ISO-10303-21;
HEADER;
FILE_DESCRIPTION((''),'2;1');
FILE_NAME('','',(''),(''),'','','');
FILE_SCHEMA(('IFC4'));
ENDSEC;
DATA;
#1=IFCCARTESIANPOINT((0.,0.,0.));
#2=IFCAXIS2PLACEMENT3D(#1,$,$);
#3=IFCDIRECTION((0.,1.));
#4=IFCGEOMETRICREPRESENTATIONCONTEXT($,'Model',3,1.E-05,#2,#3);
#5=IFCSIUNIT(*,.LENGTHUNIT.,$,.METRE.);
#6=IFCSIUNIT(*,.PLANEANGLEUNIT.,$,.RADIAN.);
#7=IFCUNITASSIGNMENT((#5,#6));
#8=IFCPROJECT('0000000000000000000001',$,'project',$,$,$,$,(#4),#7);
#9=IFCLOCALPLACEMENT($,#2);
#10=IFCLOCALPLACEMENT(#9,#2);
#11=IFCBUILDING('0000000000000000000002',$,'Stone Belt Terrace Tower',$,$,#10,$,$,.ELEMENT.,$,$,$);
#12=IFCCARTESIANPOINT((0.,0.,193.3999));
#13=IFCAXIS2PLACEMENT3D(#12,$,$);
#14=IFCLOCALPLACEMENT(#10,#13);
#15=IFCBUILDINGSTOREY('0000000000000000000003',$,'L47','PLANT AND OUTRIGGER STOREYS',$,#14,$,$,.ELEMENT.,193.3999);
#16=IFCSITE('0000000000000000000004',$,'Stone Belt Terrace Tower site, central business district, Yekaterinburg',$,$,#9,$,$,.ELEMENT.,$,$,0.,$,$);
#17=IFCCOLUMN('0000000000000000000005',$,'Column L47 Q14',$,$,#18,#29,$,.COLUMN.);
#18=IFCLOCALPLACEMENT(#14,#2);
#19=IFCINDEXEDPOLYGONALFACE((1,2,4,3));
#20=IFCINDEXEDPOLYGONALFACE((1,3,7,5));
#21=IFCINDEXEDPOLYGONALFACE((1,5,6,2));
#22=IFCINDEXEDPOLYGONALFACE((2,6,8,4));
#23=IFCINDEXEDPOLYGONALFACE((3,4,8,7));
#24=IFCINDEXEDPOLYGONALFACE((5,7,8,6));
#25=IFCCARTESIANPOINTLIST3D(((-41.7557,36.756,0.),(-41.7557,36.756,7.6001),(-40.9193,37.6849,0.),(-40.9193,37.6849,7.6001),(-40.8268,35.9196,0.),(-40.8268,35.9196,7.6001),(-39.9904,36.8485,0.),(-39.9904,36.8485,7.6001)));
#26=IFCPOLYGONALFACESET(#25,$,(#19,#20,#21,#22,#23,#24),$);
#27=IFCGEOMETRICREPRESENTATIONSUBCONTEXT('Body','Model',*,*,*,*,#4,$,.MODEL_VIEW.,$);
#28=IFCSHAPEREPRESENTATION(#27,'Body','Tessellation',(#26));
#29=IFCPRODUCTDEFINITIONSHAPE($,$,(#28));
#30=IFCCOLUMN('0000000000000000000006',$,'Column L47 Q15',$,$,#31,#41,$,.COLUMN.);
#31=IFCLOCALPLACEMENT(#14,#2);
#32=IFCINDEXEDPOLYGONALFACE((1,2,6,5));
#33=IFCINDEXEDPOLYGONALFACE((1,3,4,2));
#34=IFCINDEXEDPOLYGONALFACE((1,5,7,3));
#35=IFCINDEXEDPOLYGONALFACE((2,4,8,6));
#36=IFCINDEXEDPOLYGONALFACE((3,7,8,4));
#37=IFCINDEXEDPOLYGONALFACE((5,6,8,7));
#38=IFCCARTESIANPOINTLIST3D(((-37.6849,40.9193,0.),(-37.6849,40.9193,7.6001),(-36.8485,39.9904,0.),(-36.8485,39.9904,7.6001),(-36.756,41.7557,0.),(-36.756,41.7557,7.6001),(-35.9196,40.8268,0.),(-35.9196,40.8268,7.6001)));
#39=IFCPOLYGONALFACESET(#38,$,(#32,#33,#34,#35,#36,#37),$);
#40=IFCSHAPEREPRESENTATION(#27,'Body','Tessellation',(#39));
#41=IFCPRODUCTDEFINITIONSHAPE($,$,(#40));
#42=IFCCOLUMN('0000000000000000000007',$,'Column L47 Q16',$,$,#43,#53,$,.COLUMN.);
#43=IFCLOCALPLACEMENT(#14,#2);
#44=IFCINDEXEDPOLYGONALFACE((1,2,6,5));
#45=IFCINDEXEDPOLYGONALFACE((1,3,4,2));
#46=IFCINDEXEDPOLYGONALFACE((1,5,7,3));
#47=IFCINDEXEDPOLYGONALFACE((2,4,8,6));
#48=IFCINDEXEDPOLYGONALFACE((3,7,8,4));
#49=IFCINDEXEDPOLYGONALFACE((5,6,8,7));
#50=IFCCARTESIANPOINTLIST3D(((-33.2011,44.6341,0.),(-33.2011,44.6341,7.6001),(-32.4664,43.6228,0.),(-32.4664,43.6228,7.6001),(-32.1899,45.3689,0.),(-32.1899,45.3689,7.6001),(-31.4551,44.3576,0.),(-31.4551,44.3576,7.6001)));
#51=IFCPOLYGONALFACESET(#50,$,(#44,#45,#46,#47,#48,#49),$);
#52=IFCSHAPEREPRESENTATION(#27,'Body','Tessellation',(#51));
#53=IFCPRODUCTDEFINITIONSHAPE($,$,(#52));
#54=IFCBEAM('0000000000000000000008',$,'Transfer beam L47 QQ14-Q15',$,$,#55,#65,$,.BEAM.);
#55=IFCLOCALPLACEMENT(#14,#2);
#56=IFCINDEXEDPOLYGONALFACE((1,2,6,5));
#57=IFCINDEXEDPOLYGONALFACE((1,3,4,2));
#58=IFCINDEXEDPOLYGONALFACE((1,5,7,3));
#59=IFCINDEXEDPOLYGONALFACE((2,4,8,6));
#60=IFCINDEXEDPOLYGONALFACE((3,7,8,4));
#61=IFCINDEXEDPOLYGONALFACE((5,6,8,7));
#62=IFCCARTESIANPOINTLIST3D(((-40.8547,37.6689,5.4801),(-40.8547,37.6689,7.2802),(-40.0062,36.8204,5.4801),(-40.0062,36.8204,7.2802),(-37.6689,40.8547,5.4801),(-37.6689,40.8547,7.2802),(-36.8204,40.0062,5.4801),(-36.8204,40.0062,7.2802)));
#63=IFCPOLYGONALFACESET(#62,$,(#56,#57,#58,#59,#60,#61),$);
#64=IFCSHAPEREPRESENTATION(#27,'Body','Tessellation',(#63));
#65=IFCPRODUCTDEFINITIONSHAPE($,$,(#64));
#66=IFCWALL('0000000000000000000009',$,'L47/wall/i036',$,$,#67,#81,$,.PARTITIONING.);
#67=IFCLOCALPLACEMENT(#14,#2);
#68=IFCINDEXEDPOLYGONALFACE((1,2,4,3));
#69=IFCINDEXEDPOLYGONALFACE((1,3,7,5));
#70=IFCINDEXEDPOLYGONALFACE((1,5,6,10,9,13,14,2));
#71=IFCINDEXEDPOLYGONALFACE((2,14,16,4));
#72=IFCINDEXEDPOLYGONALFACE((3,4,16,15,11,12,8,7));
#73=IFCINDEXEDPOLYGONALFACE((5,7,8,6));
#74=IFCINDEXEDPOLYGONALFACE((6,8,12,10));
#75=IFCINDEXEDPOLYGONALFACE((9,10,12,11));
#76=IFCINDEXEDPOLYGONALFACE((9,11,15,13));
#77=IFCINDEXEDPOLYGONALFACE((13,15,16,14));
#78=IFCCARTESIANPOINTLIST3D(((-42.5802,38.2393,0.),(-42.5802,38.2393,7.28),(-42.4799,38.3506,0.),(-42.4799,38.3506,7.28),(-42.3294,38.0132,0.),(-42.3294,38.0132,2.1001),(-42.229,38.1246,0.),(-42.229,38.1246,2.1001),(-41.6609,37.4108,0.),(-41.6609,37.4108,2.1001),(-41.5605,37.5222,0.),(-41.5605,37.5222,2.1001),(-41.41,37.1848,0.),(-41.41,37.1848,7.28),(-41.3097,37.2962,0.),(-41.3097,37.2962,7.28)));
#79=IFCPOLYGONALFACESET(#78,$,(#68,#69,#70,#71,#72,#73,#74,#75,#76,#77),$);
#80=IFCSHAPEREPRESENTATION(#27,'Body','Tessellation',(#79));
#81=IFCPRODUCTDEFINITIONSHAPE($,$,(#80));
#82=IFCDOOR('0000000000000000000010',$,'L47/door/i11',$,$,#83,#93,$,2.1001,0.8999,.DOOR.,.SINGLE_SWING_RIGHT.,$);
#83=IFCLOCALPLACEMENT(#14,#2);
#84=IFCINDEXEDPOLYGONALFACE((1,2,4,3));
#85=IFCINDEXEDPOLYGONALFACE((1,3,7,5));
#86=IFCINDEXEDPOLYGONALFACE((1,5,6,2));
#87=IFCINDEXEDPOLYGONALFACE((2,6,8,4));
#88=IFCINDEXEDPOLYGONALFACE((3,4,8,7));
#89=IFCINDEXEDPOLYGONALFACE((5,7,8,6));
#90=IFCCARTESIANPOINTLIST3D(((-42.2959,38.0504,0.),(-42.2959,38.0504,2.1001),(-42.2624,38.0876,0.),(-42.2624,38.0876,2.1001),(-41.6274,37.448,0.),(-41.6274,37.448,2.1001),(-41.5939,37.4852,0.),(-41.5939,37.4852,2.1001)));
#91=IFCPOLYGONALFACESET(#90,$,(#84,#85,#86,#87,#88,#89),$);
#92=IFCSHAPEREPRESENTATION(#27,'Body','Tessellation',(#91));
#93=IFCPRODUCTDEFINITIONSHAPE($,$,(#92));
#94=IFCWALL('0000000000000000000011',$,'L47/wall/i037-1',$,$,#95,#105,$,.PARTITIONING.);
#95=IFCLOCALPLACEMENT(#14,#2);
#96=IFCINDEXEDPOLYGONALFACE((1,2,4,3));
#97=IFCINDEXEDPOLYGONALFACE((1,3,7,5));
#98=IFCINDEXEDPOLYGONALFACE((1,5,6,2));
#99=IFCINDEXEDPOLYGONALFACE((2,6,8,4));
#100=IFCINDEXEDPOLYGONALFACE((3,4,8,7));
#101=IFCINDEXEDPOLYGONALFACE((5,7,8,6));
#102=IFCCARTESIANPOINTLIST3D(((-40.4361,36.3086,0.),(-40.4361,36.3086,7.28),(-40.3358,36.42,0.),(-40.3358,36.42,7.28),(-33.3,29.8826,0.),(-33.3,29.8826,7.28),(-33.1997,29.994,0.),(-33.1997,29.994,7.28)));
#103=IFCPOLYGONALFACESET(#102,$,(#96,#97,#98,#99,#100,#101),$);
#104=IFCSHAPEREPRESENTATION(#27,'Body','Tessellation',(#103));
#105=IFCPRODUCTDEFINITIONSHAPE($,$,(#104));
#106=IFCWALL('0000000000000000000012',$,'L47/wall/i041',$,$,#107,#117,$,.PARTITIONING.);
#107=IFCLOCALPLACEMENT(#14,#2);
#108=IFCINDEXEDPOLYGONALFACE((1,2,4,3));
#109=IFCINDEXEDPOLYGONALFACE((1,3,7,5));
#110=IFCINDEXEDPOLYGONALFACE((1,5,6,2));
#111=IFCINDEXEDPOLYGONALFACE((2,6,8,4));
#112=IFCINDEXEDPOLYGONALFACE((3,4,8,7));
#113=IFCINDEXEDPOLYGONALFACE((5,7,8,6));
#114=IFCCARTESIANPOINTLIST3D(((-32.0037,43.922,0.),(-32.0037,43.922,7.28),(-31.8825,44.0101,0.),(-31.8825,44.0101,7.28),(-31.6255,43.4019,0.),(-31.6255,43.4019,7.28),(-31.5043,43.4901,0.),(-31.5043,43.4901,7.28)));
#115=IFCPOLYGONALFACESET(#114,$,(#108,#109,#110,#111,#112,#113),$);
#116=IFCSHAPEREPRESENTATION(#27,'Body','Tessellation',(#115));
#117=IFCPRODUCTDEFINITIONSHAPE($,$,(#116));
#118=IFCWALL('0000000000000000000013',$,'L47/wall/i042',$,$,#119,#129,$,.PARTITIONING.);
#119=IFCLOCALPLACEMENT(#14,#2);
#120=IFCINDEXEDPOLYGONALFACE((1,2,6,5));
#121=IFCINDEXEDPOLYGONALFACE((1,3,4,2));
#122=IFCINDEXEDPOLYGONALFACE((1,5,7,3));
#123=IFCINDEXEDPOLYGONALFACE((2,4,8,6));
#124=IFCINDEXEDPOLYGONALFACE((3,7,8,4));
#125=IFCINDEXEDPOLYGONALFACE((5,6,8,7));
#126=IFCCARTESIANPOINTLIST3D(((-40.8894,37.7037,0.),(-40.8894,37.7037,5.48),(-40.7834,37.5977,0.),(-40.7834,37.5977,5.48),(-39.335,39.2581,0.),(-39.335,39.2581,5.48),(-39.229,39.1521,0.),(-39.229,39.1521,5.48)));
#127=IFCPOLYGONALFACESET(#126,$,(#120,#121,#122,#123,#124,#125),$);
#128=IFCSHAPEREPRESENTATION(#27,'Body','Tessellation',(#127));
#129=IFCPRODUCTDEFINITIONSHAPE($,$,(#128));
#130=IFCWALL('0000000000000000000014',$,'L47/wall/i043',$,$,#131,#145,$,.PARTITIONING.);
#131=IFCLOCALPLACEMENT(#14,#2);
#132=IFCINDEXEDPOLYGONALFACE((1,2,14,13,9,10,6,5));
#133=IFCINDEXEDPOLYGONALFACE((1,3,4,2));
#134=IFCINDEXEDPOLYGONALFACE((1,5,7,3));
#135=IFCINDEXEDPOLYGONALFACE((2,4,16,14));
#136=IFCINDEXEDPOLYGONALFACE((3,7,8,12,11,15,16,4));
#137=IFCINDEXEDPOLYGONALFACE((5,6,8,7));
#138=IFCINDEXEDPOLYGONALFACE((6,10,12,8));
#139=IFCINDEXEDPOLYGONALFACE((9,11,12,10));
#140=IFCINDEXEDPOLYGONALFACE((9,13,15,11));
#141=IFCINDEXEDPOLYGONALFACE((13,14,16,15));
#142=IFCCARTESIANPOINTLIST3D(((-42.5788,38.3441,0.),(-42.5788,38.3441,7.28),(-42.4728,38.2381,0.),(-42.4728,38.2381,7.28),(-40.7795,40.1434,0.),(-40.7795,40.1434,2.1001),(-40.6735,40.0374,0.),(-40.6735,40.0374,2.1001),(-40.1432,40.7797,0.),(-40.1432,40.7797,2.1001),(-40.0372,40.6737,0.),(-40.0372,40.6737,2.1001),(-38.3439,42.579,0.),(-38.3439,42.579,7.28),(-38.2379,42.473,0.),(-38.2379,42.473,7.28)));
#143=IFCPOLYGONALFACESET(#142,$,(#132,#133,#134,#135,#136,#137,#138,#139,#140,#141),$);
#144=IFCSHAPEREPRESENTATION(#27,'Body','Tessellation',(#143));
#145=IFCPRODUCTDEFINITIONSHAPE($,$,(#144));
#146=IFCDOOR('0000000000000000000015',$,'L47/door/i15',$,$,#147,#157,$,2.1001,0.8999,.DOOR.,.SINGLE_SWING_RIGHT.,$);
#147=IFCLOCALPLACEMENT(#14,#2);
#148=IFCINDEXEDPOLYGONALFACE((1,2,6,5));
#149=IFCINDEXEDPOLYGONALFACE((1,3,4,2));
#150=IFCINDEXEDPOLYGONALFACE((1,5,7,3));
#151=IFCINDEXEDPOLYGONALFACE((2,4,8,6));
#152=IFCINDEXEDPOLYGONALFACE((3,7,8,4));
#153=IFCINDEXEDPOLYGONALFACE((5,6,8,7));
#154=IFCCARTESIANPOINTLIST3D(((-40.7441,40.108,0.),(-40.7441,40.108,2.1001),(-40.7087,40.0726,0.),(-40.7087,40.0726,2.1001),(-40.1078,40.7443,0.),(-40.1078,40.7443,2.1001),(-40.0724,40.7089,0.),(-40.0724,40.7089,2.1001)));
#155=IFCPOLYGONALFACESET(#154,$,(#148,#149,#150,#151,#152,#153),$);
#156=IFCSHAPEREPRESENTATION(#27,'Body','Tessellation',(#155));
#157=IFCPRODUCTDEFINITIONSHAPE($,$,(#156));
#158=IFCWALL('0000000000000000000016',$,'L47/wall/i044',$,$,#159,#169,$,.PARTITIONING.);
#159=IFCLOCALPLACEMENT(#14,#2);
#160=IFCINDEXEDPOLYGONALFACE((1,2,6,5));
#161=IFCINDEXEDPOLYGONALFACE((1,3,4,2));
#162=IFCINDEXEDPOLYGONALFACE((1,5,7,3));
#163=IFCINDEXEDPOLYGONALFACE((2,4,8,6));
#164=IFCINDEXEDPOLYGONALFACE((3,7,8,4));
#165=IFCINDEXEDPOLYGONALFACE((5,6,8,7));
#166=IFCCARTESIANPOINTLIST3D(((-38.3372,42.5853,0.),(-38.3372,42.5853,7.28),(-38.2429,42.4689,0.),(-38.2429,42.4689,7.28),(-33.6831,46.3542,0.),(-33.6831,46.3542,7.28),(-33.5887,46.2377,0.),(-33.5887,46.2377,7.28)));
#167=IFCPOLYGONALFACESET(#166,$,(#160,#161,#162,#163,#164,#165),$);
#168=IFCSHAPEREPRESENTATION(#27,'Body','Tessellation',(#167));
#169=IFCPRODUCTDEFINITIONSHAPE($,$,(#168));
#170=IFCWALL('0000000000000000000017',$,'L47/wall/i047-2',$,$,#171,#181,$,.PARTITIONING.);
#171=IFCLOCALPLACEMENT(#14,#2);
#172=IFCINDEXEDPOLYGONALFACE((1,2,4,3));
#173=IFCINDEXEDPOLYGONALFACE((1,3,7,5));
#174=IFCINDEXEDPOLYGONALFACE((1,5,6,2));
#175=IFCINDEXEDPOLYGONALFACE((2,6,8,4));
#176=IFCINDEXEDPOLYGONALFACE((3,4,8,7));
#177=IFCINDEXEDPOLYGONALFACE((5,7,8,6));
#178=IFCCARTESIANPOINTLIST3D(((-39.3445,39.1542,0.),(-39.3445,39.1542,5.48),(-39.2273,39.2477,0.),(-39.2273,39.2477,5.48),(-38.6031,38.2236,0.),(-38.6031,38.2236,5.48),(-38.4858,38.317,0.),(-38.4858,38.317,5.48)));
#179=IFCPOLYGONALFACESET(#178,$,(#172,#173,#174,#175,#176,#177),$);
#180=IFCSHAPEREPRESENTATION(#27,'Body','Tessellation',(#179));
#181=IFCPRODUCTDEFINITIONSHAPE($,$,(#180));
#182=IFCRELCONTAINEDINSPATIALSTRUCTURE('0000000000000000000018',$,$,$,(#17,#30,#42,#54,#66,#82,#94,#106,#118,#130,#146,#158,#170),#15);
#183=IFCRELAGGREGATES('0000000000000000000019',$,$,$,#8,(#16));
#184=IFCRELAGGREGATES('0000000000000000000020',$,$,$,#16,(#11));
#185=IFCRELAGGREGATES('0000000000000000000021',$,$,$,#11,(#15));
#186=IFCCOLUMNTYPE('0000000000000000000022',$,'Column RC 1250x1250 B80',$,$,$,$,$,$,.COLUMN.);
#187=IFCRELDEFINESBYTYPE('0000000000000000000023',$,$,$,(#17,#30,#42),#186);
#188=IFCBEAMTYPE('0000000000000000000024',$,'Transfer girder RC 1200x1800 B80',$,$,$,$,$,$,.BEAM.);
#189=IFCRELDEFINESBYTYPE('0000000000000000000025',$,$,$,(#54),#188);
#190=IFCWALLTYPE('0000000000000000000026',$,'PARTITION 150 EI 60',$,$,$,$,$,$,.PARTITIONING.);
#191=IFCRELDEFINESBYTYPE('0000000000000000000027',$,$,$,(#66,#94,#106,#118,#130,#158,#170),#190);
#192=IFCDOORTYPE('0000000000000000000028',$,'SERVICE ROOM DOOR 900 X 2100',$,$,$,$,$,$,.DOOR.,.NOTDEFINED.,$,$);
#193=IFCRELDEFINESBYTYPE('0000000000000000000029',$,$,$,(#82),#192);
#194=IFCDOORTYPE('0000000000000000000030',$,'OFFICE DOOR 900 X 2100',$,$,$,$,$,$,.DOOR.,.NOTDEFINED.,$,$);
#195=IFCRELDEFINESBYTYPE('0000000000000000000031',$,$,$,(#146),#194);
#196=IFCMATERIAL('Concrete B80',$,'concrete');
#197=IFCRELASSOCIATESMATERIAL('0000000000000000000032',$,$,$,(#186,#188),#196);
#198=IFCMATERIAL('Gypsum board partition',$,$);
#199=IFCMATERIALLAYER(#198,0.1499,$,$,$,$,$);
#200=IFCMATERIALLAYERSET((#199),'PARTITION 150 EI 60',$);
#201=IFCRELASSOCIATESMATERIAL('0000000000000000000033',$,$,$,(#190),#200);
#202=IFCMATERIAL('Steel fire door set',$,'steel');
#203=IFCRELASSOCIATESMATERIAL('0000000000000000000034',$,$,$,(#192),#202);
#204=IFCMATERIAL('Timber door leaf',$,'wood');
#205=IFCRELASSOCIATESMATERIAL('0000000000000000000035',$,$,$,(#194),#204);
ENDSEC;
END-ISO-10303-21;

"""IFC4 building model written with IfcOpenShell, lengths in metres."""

from ifc_helpers import new_model, si_unit, direction, frame, frame_2d, origin, origin_2d, place, context, subcontext, project, spatial, rectangle, extrude, material, layer, layer_set, material_profile, profile_set, type_object, element, fill, save


model = new_model("IFC4")

# Units and contexts
model_context = context("Model", 3, precision=1e-05, world=origin(), true_north=direction((0.0, 1.0)))
body_context = subcontext(model_context, "Body", "Model", "MODEL_VIEW")
ifc_project = project(units=[si_unit("LENGTHUNIT", "METRE"), si_unit("PLANEANGLEUNIT", "RADIAN")], contexts=[model_context])

# Site, building, storey
site_placement = place(None, origin())
site = spatial("IfcSite", under=ifc_project, at=site_placement, Name="Stone Belt Terrace Tower site, central business district, Yekaterinburg", CompositionType="ELEMENT", RefElevation=0.0)
building_placement = place(site_placement, origin())
building = spatial("IfcBuilding", under=site, at=building_placement, Name="Stone Belt Terrace Tower", CompositionType="ELEMENT")
storey_placement = place(building_placement, frame((0.0, 0.0, 193.3999)))
storey = spatial("IfcBuildingStorey", under=building, at=storey_placement, Name="L47", Description="PLANT AND OUTRIGGER STOREYS", CompositionType="ELEMENT", Elevation=193.3999)

# Columns
ifc_material_1 = material(Name="Concrete B80", Category="concrete")
ifc_material_profile_1 = material_profile(ifc_material_1, rectangle(XDim=1.25, YDim=1.25, at=origin_2d()), Name="RC 1250x1250")
ifc_profile_set_1 = profile_set([ifc_material_profile_1], Name="Concrete B80")
column_type = type_object("IfcColumnType", Name="Column RC 1250x1250 B80", PredefinedType="COLUMN", material=ifc_profile_set_1)
for number, where, z_axis, x_axis, name in (
    (1, (-40.873, 36.8022, 0.0), (0.0, 0.0, 1.0), (0.669131, 0.743145, 0.0), "Column L47 Q14"),
    (2, (-36.8022, 40.873, 0.0), (0.0, 0.0, 1.0), (0.743145, 0.669131, 0.0), "Column L47 Q15"),
    (3, (-32.3281, 44.4958, 0.0), (0.0, 0.0, 1.0), (0.809017, 0.587785, 0.0), "Column L47 Q16"),
):
    element("IfcColumn", number, at=place(storey_placement, frame(where, z_axis=z_axis, x_axis=x_axis)), inside=storey, type_object=column_type, Name=name, PredefinedType="COLUMN", context=body_context, shape_type="SweptSolid", body=[
        extrude(rectangle(XDim=1.25, YDim=1.25, at=origin_2d()), origin(), (0.0, 0.0, 1.0), 7.6001),
    ])

# Beam
ifc_material_profile_2 = material_profile(ifc_material_1, rectangle(XDim=1.2, YDim=1.8, at=origin_2d()), Name="RC 1200x1800")
ifc_profile_set_2 = profile_set([ifc_material_profile_2], Name="Concrete B80")
beam_type = type_object("IfcBeamType", Name="Transfer girder RC 1200x1800 B80", PredefinedType="BEAM", material=ifc_profile_set_2)
beam_placement = place(storey_placement, frame((-40.4304, 37.2446, 6.3801), z_axis=(0.707107, 0.707107, 0.0), x_axis=(-0.707107, 0.707107, 0.0)))
element("IfcBeam", 4, at=beam_placement, inside=storey, type_object=beam_type, Name="Transfer beam L47 QQ14-Q15", PredefinedType="BEAM", context=body_context, shape_type="SweptSolid", body=[
    extrude(rectangle(XDim=1.2, YDim=1.8, at=origin_2d()), origin(), (0.0, 0.0, 1.0), 4.5054),
])

# Wall, opening, door
ifc_material_2 = material(Name="Gypsum board partition")
ifc_layer_1 = layer(ifc_material_2, 0.1499)
ifc_layer_set_1 = layer_set([ifc_layer_1], Name="PARTITION 150 EI 60")
wall_type_1 = type_object("IfcWallType", Name="PARTITION 150 EI 60", PredefinedType="PARTITIONING", material=ifc_layer_set_1)
wall_1_placement = place(storey_placement, frame((-41.3599, 37.2405, 0.0), z_axis=(0.0, 0.0, 1.0), x_axis=(-0.742886, 0.669418, 0.0)))
wall_1 = element("IfcWall", 5, at=wall_1_placement, inside=storey, type_object=wall_type_1, Name="L47/wall/i036", PredefinedType="PARTITIONING", context=body_context, shape_type="SweptSolid", body=[
    extrude(rectangle(XDim=1.5752, YDim=0.1499, at=frame_2d((0.7876, 0.0))), origin(), (0.0, 0.0, 1.0), 7.28),
])
opening_1_placement = place(wall_1_placement, frame((0.3376, 0.0, 0.0)))
opening_1 = element("IfcOpeningElement", 6, at=opening_1_placement, cuts=wall_1, PredefinedType="OPENING", context=body_context, shape_type="SweptSolid", body=[
    extrude(rectangle(XDim=0.8999, YDim=2.1001, at=frame_2d((0.45, 1.05))), frame((0.0, 0.085, 0.0), z_axis=(0.0, -1.0, 0.0), x_axis=(1.0, 0.0, 0.0)), (0.0, 0.0, 1.0), 0.1699),
])
ifc_material_3 = material(Name="Steel fire door set", Category="steel")
door_type_1 = type_object("IfcDoorType", Name="SERVICE ROOM DOOR 900 X 2100", OperationType="NOTDEFINED", PredefinedType="DOOR", material=ifc_material_3)
door_1_placement = place(opening_1_placement, origin())
door_1 = element("IfcDoor", 7, at=door_1_placement, inside=storey, type_object=door_type_1, Name="L47/door/i11", OperationType="SINGLE_SWING_RIGHT", OverallHeight=2.1001, OverallWidth=0.8999, PredefinedType="DOOR", context=body_context, shape_type="SweptSolid", body=[
    extrude(rectangle(XDim=0.8999, YDim=2.1001, at=frame_2d((0.45, 1.05))), frame((0.0, 0.0249, 0.0), z_axis=(0.0, -1.0, 0.0), x_axis=(1.0, 0.0, 0.0)), (0.0, 0.0, 1.0), 0.05),
])
fill(opening_1, door_1)

# Walls
wall_2_placement = place(storey_placement, frame((-40.386, 36.3643, 0.0), z_axis=(0.0, 0.0, 1.0), x_axis=(0.743117, -0.669161, 0.0)))
element("IfcWall", 8, at=wall_2_placement, inside=storey, type_object=wall_type_1, Name="L47/wall/i037-1", PredefinedType="PARTITIONING", context=body_context, shape_type="SweptSolid", body=[
    extrude(rectangle(XDim=9.603, YDim=0.1499, at=frame_2d((4.8015, 0.0))), origin(), (0.0, 0.0, 1.0), 7.28),
])
wall_3_placement = place(storey_placement, frame((-31.9431, 43.9661, 0.0), z_axis=(0.0, 0.0, 1.0), x_axis=(0.588149, -0.808753, 0.0)))
element("IfcWall", 9, at=wall_3_placement, inside=storey, type_object=wall_type_1, Name="L47/wall/i041", PredefinedType="PARTITIONING", context=body_context, shape_type="SweptSolid", body=[
    extrude(rectangle(XDim=0.6431, YDim=0.1499, at=frame_2d((0.3215, 0.0))), origin(), (0.0, 0.0, 1.0), 7.28),
])
wall_4_placement = place(storey_placement, frame((-39.282, 39.2051, 0.0), z_axis=(0.0, 0.0, 1.0), x_axis=(-0.707107, -0.707107, 0.0)))
element("IfcWall", 10, at=wall_4_placement, inside=storey, type_object=wall_type_1, Name="L47/wall/i042", PredefinedType="PARTITIONING", context=body_context, shape_type="SweptSolid", body=[
    extrude(rectangle(XDim=2.1982, YDim=0.1499, at=frame_2d((1.0991, 0.0))), origin(), (0.0, 0.0, 1.0), 5.48),
])

# Wall, opening, door
wall_5_placement = place(storey_placement, frame((-42.5259, 38.291, 0.0), z_axis=(0.0, 0.0, 1.0), x_axis=(0.707107, 0.707107, 0.0)))
wall_5 = element("IfcWall", 11, at=wall_5_placement, inside=storey, type_object=wall_type_1, Name="L47/wall/i043", PredefinedType="PARTITIONING", context=body_context, shape_type="SweptSolid", body=[
    extrude(rectangle(XDim=5.989, YDim=0.1499, at=frame_2d((2.9946, 0.0))), origin(), (0.0, 0.0, 1.0), 7.28),
])
opening_2_placement = place(wall_5_placement, frame((2.5447, 0.0, 0.0)))
opening_2 = element("IfcOpeningElement", 12, at=opening_2_placement, cuts=wall_5, PredefinedType="OPENING", context=body_context, shape_type="SweptSolid", body=[
    extrude(rectangle(XDim=0.8999, YDim=2.1001, at=frame_2d((0.45, 1.05))), frame((0.0, 0.085, 0.0), z_axis=(0.0, -1.0, 0.0), x_axis=(1.0, 0.0, 0.0)), (0.0, 0.0, 1.0), 0.1699),
])
ifc_material_4 = material(Name="Timber door leaf", Category="wood")
door_type_2 = type_object("IfcDoorType", Name="OFFICE DOOR 900 X 2100", OperationType="NOTDEFINED", PredefinedType="DOOR", material=ifc_material_4)
door_2_placement = place(opening_2_placement, origin())
door_2 = element("IfcDoor", 13, at=door_2_placement, inside=storey, type_object=door_type_2, Name="L47/door/i15", OperationType="SINGLE_SWING_RIGHT", OverallHeight=2.1001, OverallWidth=0.8999, PredefinedType="DOOR", context=body_context, shape_type="SweptSolid", body=[
    extrude(rectangle(XDim=0.8999, YDim=2.1001, at=frame_2d((0.45, 1.05))), frame((0.0, 0.0249, 0.0), z_axis=(0.0, -1.0, 0.0), x_axis=(1.0, 0.0, 0.0)), (0.0, 0.0, 1.0), 0.05),
])
fill(opening_2, door_2)

# Walls
wall_6_placement = place(storey_placement, frame((-38.29, 42.5271, 0.0), z_axis=(0.0, 0.0, 1.0), x_axis=(0.777144, 0.629323, 0.0)))
element("IfcWall", 14, at=wall_6_placement, inside=storey, type_object=wall_type_1, Name="L47/wall/i044", PredefinedType="PARTITIONING", context=body_context, shape_type="SweptSolid", body=[
    extrude(rectangle(XDim=5.9888, YDim=0.1499, at=frame_2d((2.9944, 0.0))), origin(), (0.0, 0.0, 1.0), 7.28),
])
wall_7_placement = place(storey_placement, frame((-38.5444, 38.2703, 0.0), z_axis=(0.0, 0.0, 1.0), x_axis=(-0.623117, 0.782128, 0.0)))
element("IfcWall", 15, at=wall_7_placement, inside=storey, type_object=wall_type_1, Name="L47/wall/i047-2", PredefinedType="PARTITIONING", context=body_context, shape_type="SweptSolid", body=[
    extrude(rectangle(XDim=1.1899, YDim=0.1499, at=frame_2d((0.595, 0.0))), origin(), (0.0, 0.0, 1.0), 5.48),
])

save(model, "model.ifc")
